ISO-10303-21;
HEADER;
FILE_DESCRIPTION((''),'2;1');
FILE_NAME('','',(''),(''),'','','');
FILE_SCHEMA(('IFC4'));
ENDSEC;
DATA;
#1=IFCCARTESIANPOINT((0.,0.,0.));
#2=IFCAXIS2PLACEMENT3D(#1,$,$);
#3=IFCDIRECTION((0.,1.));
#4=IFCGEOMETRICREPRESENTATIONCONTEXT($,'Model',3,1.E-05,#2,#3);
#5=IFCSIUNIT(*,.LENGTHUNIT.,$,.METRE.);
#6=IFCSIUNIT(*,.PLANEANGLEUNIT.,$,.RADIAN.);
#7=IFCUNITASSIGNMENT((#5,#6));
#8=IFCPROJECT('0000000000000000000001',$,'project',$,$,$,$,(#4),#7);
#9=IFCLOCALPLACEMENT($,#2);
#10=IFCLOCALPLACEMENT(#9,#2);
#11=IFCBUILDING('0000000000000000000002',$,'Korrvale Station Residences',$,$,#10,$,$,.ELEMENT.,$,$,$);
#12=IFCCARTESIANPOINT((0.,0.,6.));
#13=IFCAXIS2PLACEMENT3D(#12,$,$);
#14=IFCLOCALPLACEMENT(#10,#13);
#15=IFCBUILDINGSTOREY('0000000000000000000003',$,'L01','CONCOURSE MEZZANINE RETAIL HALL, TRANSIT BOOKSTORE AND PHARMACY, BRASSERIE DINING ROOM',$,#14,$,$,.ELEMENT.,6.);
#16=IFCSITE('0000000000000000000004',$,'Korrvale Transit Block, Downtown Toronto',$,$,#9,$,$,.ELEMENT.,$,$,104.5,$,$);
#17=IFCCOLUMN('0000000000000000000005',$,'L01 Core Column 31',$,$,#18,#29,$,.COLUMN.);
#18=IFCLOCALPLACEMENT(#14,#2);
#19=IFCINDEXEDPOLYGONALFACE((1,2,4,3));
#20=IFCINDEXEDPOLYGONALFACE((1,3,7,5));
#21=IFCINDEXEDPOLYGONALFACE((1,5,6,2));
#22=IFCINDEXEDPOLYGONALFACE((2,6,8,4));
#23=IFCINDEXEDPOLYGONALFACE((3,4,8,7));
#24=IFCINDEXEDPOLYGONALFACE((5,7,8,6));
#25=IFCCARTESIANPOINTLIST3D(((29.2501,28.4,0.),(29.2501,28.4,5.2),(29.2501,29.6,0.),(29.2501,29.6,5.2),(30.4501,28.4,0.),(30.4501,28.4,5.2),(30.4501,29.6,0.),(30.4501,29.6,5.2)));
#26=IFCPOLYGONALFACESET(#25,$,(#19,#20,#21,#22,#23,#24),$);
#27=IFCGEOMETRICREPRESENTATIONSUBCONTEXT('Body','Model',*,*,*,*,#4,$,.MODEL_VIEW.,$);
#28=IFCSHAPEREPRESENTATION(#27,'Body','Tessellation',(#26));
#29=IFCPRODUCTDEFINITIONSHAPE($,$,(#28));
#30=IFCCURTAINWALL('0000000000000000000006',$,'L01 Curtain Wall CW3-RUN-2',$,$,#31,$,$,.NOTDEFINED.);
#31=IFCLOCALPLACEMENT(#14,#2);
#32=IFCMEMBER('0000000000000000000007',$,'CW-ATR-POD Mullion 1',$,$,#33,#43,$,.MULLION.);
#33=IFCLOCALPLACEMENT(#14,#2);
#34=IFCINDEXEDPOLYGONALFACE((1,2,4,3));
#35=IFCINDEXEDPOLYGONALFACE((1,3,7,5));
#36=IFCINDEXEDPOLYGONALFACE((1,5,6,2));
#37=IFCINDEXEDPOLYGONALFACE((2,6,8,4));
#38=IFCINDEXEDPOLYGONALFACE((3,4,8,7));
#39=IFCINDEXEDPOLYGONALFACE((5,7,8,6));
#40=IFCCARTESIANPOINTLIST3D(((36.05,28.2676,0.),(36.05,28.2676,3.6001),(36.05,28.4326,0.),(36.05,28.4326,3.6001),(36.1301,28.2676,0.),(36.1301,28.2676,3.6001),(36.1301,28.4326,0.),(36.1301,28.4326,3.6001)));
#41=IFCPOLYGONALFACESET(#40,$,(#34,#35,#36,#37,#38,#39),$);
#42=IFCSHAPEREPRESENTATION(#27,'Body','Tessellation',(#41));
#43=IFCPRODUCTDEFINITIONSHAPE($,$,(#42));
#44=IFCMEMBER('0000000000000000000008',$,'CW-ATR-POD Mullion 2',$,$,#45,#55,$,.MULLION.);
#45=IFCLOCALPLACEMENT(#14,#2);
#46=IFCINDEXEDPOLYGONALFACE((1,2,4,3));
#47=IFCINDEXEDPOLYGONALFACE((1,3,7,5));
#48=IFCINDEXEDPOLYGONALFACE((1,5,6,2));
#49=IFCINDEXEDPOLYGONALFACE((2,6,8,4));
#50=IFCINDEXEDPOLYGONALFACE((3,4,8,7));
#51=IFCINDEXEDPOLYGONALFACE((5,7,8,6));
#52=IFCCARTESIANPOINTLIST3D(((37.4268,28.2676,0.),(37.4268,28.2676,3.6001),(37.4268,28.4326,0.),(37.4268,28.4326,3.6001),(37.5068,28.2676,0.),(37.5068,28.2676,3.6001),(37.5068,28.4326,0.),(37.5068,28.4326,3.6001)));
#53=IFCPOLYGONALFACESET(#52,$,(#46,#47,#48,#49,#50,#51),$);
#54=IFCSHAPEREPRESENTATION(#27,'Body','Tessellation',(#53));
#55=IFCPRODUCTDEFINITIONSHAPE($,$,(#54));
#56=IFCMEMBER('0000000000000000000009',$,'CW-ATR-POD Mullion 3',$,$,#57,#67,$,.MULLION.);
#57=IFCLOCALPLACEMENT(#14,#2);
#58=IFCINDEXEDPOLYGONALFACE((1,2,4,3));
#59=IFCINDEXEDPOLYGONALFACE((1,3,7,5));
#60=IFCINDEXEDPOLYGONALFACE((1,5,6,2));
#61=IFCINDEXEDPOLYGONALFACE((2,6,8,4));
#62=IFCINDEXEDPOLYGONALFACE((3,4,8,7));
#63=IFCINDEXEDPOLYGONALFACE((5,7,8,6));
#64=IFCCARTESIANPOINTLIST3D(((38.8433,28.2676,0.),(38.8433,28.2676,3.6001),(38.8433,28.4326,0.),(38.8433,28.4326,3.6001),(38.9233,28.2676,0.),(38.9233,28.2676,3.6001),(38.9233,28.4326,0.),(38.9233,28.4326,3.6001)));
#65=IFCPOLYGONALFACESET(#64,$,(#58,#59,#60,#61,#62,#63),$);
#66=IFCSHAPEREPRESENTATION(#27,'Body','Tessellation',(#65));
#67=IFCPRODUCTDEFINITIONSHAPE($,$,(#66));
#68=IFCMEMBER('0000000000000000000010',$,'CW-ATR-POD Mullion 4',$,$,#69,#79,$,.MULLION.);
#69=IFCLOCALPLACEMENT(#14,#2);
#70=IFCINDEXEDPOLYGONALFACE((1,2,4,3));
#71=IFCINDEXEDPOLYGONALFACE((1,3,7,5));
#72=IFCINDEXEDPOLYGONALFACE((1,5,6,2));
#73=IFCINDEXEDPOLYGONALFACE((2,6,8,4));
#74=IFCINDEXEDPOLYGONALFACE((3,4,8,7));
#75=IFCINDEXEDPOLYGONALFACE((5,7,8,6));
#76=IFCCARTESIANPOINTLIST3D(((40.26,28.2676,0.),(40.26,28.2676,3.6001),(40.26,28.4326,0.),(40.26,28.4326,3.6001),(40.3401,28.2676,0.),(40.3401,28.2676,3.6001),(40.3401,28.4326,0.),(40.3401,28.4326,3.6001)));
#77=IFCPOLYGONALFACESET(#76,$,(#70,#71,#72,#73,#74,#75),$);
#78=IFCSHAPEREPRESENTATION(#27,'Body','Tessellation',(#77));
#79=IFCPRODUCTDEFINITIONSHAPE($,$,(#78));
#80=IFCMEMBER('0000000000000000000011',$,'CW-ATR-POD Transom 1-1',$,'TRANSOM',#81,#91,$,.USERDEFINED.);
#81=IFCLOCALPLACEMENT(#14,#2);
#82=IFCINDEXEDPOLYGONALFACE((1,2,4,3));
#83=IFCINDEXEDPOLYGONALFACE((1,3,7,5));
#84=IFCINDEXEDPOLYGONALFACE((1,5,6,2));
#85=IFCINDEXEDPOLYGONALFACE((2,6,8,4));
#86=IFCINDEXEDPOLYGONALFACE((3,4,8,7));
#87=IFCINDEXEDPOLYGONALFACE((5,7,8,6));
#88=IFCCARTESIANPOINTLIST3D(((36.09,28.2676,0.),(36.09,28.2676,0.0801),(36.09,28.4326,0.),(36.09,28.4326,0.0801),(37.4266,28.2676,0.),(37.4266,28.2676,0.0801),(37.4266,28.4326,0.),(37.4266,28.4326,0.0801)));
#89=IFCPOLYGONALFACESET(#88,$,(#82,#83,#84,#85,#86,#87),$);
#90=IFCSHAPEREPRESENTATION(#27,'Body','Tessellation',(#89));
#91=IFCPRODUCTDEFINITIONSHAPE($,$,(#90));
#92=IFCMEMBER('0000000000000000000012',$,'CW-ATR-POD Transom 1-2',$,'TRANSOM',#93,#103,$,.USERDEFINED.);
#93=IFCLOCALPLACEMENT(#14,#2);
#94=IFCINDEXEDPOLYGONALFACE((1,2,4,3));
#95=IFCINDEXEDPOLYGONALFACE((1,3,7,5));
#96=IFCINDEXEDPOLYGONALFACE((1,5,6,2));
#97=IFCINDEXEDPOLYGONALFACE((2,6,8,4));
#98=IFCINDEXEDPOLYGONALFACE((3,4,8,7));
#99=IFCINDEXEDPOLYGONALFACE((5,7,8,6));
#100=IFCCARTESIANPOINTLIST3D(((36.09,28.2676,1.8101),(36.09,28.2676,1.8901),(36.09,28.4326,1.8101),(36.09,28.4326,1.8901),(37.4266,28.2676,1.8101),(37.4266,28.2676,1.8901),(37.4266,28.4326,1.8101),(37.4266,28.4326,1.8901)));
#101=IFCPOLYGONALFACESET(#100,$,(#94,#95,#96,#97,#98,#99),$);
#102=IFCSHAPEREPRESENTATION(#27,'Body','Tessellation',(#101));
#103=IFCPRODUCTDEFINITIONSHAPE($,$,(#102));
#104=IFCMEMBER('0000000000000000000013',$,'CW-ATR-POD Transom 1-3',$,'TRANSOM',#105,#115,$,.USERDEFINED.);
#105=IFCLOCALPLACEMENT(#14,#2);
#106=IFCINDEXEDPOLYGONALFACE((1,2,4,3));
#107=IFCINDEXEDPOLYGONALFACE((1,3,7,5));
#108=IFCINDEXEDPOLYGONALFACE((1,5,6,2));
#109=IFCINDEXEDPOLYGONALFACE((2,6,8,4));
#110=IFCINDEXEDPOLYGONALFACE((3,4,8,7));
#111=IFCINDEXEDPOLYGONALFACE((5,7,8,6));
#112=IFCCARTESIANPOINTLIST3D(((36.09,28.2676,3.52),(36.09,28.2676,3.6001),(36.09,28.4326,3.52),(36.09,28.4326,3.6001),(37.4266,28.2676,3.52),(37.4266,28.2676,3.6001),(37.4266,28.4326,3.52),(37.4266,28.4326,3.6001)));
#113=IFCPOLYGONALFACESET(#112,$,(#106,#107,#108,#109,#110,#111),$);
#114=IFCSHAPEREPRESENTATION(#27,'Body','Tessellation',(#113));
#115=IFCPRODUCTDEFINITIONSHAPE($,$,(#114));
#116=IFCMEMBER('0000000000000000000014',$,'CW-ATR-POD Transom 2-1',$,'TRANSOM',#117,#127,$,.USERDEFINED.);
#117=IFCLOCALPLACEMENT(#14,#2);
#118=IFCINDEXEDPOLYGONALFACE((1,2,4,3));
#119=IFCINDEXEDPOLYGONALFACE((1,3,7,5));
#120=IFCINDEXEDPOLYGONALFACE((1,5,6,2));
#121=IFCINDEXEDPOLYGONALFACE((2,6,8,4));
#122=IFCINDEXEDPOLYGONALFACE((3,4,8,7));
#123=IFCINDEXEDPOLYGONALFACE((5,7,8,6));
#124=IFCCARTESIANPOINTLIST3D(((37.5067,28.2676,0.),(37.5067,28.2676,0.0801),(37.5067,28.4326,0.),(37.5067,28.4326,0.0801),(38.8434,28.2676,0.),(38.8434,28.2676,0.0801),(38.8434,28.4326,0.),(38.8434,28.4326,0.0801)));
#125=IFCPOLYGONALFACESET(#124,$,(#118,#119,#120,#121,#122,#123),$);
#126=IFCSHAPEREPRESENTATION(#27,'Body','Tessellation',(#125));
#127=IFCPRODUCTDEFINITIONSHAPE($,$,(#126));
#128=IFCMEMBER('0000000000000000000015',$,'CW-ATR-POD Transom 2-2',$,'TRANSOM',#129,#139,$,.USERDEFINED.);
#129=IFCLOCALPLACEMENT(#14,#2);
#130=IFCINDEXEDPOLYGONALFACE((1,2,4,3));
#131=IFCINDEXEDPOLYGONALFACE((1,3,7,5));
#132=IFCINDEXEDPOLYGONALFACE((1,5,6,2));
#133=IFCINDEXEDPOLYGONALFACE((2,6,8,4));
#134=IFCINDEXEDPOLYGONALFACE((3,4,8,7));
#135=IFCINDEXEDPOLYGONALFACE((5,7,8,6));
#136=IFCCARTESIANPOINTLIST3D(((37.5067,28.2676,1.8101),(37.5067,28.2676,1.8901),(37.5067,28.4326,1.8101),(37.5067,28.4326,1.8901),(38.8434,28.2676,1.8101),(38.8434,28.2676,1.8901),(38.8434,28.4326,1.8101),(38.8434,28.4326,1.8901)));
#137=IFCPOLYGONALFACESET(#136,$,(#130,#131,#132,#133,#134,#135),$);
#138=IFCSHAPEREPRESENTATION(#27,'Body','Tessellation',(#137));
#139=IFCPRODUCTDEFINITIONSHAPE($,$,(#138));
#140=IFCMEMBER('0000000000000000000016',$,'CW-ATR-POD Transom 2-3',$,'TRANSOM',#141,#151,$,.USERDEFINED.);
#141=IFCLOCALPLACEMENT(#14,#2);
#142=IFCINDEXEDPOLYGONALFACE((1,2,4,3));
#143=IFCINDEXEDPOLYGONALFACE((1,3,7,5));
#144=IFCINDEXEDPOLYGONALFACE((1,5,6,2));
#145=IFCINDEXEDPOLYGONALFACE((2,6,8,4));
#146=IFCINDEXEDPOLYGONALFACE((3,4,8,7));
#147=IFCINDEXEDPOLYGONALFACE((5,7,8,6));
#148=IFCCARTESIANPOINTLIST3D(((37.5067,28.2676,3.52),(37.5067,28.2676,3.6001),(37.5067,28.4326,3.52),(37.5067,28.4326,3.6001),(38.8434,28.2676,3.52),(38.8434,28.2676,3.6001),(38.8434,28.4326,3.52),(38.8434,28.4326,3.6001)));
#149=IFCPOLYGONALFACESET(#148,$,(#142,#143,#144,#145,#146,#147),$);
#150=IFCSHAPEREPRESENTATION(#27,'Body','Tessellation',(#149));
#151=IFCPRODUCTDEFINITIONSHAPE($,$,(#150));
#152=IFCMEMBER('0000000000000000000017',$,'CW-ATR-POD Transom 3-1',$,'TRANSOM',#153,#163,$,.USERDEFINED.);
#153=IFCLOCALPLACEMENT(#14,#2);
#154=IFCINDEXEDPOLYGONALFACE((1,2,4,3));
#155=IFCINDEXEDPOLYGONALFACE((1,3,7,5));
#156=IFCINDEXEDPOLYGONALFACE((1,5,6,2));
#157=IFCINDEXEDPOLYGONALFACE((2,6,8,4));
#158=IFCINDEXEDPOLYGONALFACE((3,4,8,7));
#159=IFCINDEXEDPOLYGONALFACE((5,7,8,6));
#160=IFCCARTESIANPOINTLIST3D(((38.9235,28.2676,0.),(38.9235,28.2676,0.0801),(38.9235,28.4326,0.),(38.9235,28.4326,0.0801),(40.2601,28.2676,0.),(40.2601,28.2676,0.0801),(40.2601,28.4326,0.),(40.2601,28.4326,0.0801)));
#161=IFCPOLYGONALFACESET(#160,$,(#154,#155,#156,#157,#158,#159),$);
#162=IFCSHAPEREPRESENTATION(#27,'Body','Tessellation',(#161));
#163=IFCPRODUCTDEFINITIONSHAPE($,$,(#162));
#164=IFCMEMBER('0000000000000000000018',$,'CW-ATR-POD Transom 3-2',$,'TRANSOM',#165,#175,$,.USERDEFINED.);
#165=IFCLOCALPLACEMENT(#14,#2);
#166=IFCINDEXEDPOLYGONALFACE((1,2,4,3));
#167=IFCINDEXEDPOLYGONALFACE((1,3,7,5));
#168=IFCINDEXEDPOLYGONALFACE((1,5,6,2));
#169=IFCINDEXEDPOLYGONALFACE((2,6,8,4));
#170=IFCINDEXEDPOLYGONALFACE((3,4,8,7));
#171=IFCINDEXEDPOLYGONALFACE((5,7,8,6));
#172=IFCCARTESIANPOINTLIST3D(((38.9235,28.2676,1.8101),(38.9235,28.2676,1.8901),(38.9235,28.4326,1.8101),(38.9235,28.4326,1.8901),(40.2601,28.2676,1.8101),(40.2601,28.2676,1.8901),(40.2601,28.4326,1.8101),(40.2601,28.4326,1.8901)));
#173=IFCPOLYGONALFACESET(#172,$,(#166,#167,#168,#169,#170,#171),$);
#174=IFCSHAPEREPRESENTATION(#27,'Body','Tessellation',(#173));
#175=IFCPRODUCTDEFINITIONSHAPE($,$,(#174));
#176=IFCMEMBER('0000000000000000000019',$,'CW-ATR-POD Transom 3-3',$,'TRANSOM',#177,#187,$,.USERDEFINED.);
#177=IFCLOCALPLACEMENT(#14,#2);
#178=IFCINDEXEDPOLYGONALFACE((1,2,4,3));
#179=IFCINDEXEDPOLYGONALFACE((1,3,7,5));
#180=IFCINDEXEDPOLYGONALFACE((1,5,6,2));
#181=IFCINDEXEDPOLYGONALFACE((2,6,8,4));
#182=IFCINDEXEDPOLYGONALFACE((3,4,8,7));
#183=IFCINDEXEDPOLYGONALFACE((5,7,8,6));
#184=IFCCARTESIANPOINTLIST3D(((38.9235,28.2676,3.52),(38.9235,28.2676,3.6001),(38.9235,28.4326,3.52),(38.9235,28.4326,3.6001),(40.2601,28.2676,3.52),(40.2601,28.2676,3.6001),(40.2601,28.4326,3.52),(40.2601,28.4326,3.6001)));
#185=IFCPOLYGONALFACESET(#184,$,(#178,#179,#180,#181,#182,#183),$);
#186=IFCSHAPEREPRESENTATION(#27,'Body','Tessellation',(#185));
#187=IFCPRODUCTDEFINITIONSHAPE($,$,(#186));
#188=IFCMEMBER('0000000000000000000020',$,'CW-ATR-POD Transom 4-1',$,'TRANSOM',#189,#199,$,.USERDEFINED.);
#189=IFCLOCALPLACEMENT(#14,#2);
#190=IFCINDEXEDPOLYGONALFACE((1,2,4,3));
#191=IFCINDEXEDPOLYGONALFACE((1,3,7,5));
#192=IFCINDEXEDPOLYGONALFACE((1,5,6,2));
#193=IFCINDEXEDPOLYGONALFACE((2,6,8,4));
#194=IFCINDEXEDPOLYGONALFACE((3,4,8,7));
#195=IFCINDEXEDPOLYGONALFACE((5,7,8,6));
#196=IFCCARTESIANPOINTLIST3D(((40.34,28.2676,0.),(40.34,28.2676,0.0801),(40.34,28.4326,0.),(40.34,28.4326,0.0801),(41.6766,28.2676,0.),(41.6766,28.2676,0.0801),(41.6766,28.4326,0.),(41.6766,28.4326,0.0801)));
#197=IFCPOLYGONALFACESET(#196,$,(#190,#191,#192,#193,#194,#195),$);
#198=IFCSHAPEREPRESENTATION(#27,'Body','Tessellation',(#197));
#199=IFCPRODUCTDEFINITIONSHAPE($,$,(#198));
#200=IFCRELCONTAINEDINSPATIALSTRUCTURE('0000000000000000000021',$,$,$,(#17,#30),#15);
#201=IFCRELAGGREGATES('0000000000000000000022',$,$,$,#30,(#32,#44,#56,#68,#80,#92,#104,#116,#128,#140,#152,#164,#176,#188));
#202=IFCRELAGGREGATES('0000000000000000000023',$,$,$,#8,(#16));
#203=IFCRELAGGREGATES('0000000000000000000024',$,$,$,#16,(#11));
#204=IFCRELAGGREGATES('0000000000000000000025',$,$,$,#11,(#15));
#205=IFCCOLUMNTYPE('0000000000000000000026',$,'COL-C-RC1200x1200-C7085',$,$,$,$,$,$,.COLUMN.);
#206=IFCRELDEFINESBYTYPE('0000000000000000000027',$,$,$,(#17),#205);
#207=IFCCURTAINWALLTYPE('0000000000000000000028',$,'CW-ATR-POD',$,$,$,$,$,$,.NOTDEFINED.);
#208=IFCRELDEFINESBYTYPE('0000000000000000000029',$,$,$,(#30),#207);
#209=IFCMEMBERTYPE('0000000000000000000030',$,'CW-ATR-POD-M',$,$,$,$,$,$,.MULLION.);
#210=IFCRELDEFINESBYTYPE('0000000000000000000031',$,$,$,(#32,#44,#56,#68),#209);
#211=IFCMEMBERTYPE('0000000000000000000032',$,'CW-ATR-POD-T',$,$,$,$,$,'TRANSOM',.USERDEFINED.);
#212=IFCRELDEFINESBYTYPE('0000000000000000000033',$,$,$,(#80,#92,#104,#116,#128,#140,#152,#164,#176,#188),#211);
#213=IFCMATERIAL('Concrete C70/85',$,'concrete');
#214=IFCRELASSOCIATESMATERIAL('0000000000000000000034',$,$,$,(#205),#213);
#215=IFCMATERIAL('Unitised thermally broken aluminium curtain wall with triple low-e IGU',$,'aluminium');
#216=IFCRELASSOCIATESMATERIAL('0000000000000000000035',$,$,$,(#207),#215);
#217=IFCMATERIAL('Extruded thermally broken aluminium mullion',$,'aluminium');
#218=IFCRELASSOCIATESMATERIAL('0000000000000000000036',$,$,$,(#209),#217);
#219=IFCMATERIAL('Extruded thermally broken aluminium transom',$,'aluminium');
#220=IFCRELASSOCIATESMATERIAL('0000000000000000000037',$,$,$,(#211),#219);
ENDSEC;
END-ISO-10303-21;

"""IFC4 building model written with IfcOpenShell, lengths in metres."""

from ifc_helpers import new_model, si_unit, direction, frame, origin, origin_2d, place, context, subcontext, project, spatial, rectangle, extrude, material, material_profile, profile_set, type_object, element, aggregate, save


model = new_model("IFC4")

# Units and contexts
model_context = context("Model", 3, precision=1e-05, world=origin(), true_north=direction((0.0, 1.0)))
body_context = subcontext(model_context, "Body", "Model", "MODEL_VIEW")
ifc_project = project(units=[si_unit("LENGTHUNIT", "METRE"), si_unit("PLANEANGLEUNIT", "RADIAN")], contexts=[model_context])

# Site, building, storey
site_placement = place(None, origin())
site = spatial("IfcSite", under=ifc_project, at=site_placement, Name="Korrvale Transit Block, Downtown Toronto", CompositionType="ELEMENT", RefElevation=104.5)
building_placement = place(site_placement, origin())
building = spatial("IfcBuilding", under=site, at=building_placement, Name="Korrvale Station Residences", CompositionType="ELEMENT")
storey_placement = place(building_placement, frame((0.0, 0.0, 6.0)))
storey = spatial("IfcBuildingStorey", under=building, at=storey_placement, Name="L01", Description="CONCOURSE MEZZANINE RETAIL HALL, TRANSIT BOOKSTORE AND PHARMACY, BRASSERIE DINING ROOM", CompositionType="ELEMENT", Elevation=6.0)

# Column
ifc_material_1 = material(Name="Concrete C70/85", Category="concrete")
ifc_material_profile = material_profile(ifc_material_1, rectangle(XDim=1.2, YDim=1.2, at=origin_2d()), Name="RC1200x1200")
ifc_profile_set = profile_set([ifc_material_profile], Name="Concrete C70/85")
column_type = type_object("IfcColumnType", Name="COL-C-RC1200x1200-C7085", PredefinedType="COLUMN", material=ifc_profile_set)
column_placement = place(storey_placement, frame((29.8501, 29.0, 0.0), z_axis=(0.0, 0.0, 1.0), x_axis=(1.0, 0.0, 0.0)))
element("IfcColumn", 1, at=column_placement, inside=storey, type_object=column_type, Name="L01 Core Column 31", PredefinedType="COLUMN", context=body_context, shape_type="SweptSolid", body=[
    extrude(rectangle(XDim=1.2, YDim=1.2, at=origin_2d()), origin(), (0.0, 0.0, 1.0), 5.2),
])

# Curtain wall, members
ifc_material_2 = material(Name="Unitised thermally broken aluminium curtain wall with triple low-e IGU", Category="aluminium")
curtain_wall_type = type_object("IfcCurtainWallType", Name="CW-ATR-POD", PredefinedType="NOTDEFINED", material=ifc_material_2)
curtain_wall_placement = place(storey_placement, origin())
curtain_wall = element("IfcCurtainWall", 2, at=curtain_wall_placement, inside=storey, type_object=curtain_wall_type, Name="L01 Curtain Wall CW3-RUN-2", PredefinedType="NOTDEFINED")
ifc_material_3 = material(Name="Extruded thermally broken aluminium mullion", Category="aluminium")
member_type_1 = type_object("IfcMemberType", Name="CW-ATR-POD-M", PredefinedType="MULLION", material=ifc_material_3)
member_1_placement = place(storey_placement, frame((36.0901, 28.3501, 0.0), z_axis=(0.0, 0.0, 1.0), x_axis=(1.0, 0.0, 0.0)))
member_1 = element("IfcMember", 3, at=member_1_placement, type_object=member_type_1, Name="CW-ATR-POD Mullion 1", PredefinedType="MULLION", context=body_context, shape_type="SweptSolid", body=[
    extrude(rectangle(XDim=0.0801, YDim=0.165, at=origin_2d()), origin(), (0.0, 0.0, 1.0), 3.6001),
])
member_2_placement = place(storey_placement, frame((37.4668, 28.3501, 0.0), z_axis=(0.0, 0.0, 1.0), x_axis=(1.0, 0.0, 0.0)))
member_2 = element("IfcMember", 4, at=member_2_placement, type_object=member_type_1, Name="CW-ATR-POD Mullion 2", PredefinedType="MULLION", context=body_context, shape_type="SweptSolid", body=[
    extrude(rectangle(XDim=0.0801, YDim=0.165, at=origin_2d()), origin(), (0.0, 0.0, 1.0), 3.6001),
])
member_3_placement = place(storey_placement, frame((38.8833, 28.3501, 0.0), z_axis=(0.0, 0.0, 1.0), x_axis=(1.0, 0.0, 0.0)))
member_3 = element("IfcMember", 5, at=member_3_placement, type_object=member_type_1, Name="CW-ATR-POD Mullion 3", PredefinedType="MULLION", context=body_context, shape_type="SweptSolid", body=[
    extrude(rectangle(XDim=0.0801, YDim=0.165, at=origin_2d()), origin(), (0.0, 0.0, 1.0), 3.6001),
])
member_4_placement = place(storey_placement, frame((40.3, 28.3501, 0.0), z_axis=(0.0, 0.0, 1.0), x_axis=(1.0, 0.0, 0.0)))
member_4 = element("IfcMember", 6, at=member_4_placement, type_object=member_type_1, Name="CW-ATR-POD Mullion 4", PredefinedType="MULLION", context=body_context, shape_type="SweptSolid", body=[
    extrude(rectangle(XDim=0.0801, YDim=0.165, at=origin_2d()), origin(), (0.0, 0.0, 1.0), 3.6001),
])
ifc_material_4 = material(Name="Extruded thermally broken aluminium transom", Category="aluminium")
member_type_2 = type_object("IfcMemberType", Name="CW-ATR-POD-T", ElementType="TRANSOM", PredefinedType="USERDEFINED", material=ifc_material_4)
member_5_placement = place(storey_placement, frame((36.7583, 28.3501, 0.0), z_axis=(0.0, 0.0, 1.0), x_axis=(1.0, 0.0, 0.0)))
member_5 = element("IfcMember", 7, at=member_5_placement, type_object=member_type_2, Name="CW-ATR-POD Transom 1-1", ObjectType="TRANSOM", PredefinedType="USERDEFINED", context=body_context, shape_type="SweptSolid", body=[
    extrude(rectangle(XDim=1.3367, YDim=0.165, at=origin_2d()), origin(), (0.0, 0.0, 1.0), 0.0801),
])
member_6_placement = place(storey_placement, frame((36.7583, 28.3501, 1.8101), z_axis=(0.0, 0.0, 1.0), x_axis=(1.0, 0.0, 0.0)))
member_6 = element("IfcMember", 8, at=member_6_placement, type_object=member_type_2, Name="CW-ATR-POD Transom 1-2", ObjectType="TRANSOM", PredefinedType="USERDEFINED", context=body_context, shape_type="SweptSolid", body=[
    extrude(rectangle(XDim=1.3367, YDim=0.165, at=origin_2d()), origin(), (0.0, 0.0, 1.0), 0.0801),
])
member_7_placement = place(storey_placement, frame((36.7583, 28.3501, 3.52), z_axis=(0.0, 0.0, 1.0), x_axis=(1.0, 0.0, 0.0)))
member_7 = element("IfcMember", 9, at=member_7_placement, type_object=member_type_2, Name="CW-ATR-POD Transom 1-3", ObjectType="TRANSOM", PredefinedType="USERDEFINED", context=body_context, shape_type="SweptSolid", body=[
    extrude(rectangle(XDim=1.3367, YDim=0.165, at=origin_2d()), origin(), (0.0, 0.0, 1.0), 0.0801),
])
member_8_placement = place(storey_placement, frame((38.175, 28.3501, 0.0), z_axis=(0.0, 0.0, 1.0), x_axis=(1.0, 0.0, 0.0)))
member_8 = element("IfcMember", 10, at=member_8_placement, type_object=member_type_2, Name="CW-ATR-POD Transom 2-1", ObjectType="TRANSOM", PredefinedType="USERDEFINED", context=body_context, shape_type="SweptSolid", body=[
    extrude(rectangle(XDim=1.3367, YDim=0.165, at=origin_2d()), origin(), (0.0, 0.0, 1.0), 0.0801),
])
member_9_placement = place(storey_placement, frame((38.175, 28.3501, 1.8101), z_axis=(0.0, 0.0, 1.0), x_axis=(1.0, 0.0, 0.0)))
member_9 = element("IfcMember", 11, at=member_9_placement, type_object=member_type_2, Name="CW-ATR-POD Transom 2-2", ObjectType="TRANSOM", PredefinedType="USERDEFINED", context=body_context, shape_type="SweptSolid", body=[
    extrude(rectangle(XDim=1.3367, YDim=0.165, at=origin_2d()), origin(), (0.0, 0.0, 1.0), 0.0801),
])
member_10_placement = place(storey_placement, frame((38.175, 28.3501, 3.52), z_axis=(0.0, 0.0, 1.0), x_axis=(1.0, 0.0, 0.0)))
member_10 = element("IfcMember", 12, at=member_10_placement, type_object=member_type_2, Name="CW-ATR-POD Transom 2-3", ObjectType="TRANSOM", PredefinedType="USERDEFINED", context=body_context, shape_type="SweptSolid", body=[
    extrude(rectangle(XDim=1.3367, YDim=0.165, at=origin_2d()), origin(), (0.0, 0.0, 1.0), 0.0801),
])
member_11_placement = place(storey_placement, frame((39.5918, 28.3501, 0.0), z_axis=(0.0, 0.0, 1.0), x_axis=(1.0, 0.0, 0.0)))
member_11 = element("IfcMember", 13, at=member_11_placement, type_object=member_type_2, Name="CW-ATR-POD Transom 3-1", ObjectType="TRANSOM", PredefinedType="USERDEFINED", context=body_context, shape_type="SweptSolid", body=[
    extrude(rectangle(XDim=1.3367, YDim=0.165, at=origin_2d()), origin(), (0.0, 0.0, 1.0), 0.0801),
])
member_12_placement = place(storey_placement, frame((39.5918, 28.3501, 1.8101), z_axis=(0.0, 0.0, 1.0), x_axis=(1.0, 0.0, 0.0)))
member_12 = element("IfcMember", 14, at=member_12_placement, type_object=member_type_2, Name="CW-ATR-POD Transom 3-2", ObjectType="TRANSOM", PredefinedType="USERDEFINED", context=body_context, shape_type="SweptSolid", body=[
    extrude(rectangle(XDim=1.3367, YDim=0.165, at=origin_2d()), origin(), (0.0, 0.0, 1.0), 0.0801),
])
member_13_placement = place(storey_placement, frame((39.5918, 28.3501, 3.52), z_axis=(0.0, 0.0, 1.0), x_axis=(1.0, 0.0, 0.0)))
member_13 = element("IfcMember", 15, at=member_13_placement, type_object=member_type_2, Name="CW-ATR-POD Transom 3-3", ObjectType="TRANSOM", PredefinedType="USERDEFINED", context=body_context, shape_type="SweptSolid", body=[
    extrude(rectangle(XDim=1.3367, YDim=0.165, at=origin_2d()), origin(), (0.0, 0.0, 1.0), 0.0801),
])
member_14_placement = place(storey_placement, frame((41.0083, 28.3501, 0.0), z_axis=(0.0, 0.0, 1.0), x_axis=(1.0, 0.0, 0.0)))
member_14 = element("IfcMember", 16, at=member_14_placement, type_object=member_type_2, Name="CW-ATR-POD Transom 4-1", ObjectType="TRANSOM", PredefinedType="USERDEFINED", context=body_context, shape_type="SweptSolid", body=[
    extrude(rectangle(XDim=1.3367, YDim=0.165, at=origin_2d()), origin(), (0.0, 0.0, 1.0), 0.0801),
])
aggregate(curtain_wall, [member_1, member_2, member_3, member_4, member_5, member_6, member_7, member_8, member_9, member_10, member_11, member_12, member_13, member_14])

save(model, "model.ifc")
